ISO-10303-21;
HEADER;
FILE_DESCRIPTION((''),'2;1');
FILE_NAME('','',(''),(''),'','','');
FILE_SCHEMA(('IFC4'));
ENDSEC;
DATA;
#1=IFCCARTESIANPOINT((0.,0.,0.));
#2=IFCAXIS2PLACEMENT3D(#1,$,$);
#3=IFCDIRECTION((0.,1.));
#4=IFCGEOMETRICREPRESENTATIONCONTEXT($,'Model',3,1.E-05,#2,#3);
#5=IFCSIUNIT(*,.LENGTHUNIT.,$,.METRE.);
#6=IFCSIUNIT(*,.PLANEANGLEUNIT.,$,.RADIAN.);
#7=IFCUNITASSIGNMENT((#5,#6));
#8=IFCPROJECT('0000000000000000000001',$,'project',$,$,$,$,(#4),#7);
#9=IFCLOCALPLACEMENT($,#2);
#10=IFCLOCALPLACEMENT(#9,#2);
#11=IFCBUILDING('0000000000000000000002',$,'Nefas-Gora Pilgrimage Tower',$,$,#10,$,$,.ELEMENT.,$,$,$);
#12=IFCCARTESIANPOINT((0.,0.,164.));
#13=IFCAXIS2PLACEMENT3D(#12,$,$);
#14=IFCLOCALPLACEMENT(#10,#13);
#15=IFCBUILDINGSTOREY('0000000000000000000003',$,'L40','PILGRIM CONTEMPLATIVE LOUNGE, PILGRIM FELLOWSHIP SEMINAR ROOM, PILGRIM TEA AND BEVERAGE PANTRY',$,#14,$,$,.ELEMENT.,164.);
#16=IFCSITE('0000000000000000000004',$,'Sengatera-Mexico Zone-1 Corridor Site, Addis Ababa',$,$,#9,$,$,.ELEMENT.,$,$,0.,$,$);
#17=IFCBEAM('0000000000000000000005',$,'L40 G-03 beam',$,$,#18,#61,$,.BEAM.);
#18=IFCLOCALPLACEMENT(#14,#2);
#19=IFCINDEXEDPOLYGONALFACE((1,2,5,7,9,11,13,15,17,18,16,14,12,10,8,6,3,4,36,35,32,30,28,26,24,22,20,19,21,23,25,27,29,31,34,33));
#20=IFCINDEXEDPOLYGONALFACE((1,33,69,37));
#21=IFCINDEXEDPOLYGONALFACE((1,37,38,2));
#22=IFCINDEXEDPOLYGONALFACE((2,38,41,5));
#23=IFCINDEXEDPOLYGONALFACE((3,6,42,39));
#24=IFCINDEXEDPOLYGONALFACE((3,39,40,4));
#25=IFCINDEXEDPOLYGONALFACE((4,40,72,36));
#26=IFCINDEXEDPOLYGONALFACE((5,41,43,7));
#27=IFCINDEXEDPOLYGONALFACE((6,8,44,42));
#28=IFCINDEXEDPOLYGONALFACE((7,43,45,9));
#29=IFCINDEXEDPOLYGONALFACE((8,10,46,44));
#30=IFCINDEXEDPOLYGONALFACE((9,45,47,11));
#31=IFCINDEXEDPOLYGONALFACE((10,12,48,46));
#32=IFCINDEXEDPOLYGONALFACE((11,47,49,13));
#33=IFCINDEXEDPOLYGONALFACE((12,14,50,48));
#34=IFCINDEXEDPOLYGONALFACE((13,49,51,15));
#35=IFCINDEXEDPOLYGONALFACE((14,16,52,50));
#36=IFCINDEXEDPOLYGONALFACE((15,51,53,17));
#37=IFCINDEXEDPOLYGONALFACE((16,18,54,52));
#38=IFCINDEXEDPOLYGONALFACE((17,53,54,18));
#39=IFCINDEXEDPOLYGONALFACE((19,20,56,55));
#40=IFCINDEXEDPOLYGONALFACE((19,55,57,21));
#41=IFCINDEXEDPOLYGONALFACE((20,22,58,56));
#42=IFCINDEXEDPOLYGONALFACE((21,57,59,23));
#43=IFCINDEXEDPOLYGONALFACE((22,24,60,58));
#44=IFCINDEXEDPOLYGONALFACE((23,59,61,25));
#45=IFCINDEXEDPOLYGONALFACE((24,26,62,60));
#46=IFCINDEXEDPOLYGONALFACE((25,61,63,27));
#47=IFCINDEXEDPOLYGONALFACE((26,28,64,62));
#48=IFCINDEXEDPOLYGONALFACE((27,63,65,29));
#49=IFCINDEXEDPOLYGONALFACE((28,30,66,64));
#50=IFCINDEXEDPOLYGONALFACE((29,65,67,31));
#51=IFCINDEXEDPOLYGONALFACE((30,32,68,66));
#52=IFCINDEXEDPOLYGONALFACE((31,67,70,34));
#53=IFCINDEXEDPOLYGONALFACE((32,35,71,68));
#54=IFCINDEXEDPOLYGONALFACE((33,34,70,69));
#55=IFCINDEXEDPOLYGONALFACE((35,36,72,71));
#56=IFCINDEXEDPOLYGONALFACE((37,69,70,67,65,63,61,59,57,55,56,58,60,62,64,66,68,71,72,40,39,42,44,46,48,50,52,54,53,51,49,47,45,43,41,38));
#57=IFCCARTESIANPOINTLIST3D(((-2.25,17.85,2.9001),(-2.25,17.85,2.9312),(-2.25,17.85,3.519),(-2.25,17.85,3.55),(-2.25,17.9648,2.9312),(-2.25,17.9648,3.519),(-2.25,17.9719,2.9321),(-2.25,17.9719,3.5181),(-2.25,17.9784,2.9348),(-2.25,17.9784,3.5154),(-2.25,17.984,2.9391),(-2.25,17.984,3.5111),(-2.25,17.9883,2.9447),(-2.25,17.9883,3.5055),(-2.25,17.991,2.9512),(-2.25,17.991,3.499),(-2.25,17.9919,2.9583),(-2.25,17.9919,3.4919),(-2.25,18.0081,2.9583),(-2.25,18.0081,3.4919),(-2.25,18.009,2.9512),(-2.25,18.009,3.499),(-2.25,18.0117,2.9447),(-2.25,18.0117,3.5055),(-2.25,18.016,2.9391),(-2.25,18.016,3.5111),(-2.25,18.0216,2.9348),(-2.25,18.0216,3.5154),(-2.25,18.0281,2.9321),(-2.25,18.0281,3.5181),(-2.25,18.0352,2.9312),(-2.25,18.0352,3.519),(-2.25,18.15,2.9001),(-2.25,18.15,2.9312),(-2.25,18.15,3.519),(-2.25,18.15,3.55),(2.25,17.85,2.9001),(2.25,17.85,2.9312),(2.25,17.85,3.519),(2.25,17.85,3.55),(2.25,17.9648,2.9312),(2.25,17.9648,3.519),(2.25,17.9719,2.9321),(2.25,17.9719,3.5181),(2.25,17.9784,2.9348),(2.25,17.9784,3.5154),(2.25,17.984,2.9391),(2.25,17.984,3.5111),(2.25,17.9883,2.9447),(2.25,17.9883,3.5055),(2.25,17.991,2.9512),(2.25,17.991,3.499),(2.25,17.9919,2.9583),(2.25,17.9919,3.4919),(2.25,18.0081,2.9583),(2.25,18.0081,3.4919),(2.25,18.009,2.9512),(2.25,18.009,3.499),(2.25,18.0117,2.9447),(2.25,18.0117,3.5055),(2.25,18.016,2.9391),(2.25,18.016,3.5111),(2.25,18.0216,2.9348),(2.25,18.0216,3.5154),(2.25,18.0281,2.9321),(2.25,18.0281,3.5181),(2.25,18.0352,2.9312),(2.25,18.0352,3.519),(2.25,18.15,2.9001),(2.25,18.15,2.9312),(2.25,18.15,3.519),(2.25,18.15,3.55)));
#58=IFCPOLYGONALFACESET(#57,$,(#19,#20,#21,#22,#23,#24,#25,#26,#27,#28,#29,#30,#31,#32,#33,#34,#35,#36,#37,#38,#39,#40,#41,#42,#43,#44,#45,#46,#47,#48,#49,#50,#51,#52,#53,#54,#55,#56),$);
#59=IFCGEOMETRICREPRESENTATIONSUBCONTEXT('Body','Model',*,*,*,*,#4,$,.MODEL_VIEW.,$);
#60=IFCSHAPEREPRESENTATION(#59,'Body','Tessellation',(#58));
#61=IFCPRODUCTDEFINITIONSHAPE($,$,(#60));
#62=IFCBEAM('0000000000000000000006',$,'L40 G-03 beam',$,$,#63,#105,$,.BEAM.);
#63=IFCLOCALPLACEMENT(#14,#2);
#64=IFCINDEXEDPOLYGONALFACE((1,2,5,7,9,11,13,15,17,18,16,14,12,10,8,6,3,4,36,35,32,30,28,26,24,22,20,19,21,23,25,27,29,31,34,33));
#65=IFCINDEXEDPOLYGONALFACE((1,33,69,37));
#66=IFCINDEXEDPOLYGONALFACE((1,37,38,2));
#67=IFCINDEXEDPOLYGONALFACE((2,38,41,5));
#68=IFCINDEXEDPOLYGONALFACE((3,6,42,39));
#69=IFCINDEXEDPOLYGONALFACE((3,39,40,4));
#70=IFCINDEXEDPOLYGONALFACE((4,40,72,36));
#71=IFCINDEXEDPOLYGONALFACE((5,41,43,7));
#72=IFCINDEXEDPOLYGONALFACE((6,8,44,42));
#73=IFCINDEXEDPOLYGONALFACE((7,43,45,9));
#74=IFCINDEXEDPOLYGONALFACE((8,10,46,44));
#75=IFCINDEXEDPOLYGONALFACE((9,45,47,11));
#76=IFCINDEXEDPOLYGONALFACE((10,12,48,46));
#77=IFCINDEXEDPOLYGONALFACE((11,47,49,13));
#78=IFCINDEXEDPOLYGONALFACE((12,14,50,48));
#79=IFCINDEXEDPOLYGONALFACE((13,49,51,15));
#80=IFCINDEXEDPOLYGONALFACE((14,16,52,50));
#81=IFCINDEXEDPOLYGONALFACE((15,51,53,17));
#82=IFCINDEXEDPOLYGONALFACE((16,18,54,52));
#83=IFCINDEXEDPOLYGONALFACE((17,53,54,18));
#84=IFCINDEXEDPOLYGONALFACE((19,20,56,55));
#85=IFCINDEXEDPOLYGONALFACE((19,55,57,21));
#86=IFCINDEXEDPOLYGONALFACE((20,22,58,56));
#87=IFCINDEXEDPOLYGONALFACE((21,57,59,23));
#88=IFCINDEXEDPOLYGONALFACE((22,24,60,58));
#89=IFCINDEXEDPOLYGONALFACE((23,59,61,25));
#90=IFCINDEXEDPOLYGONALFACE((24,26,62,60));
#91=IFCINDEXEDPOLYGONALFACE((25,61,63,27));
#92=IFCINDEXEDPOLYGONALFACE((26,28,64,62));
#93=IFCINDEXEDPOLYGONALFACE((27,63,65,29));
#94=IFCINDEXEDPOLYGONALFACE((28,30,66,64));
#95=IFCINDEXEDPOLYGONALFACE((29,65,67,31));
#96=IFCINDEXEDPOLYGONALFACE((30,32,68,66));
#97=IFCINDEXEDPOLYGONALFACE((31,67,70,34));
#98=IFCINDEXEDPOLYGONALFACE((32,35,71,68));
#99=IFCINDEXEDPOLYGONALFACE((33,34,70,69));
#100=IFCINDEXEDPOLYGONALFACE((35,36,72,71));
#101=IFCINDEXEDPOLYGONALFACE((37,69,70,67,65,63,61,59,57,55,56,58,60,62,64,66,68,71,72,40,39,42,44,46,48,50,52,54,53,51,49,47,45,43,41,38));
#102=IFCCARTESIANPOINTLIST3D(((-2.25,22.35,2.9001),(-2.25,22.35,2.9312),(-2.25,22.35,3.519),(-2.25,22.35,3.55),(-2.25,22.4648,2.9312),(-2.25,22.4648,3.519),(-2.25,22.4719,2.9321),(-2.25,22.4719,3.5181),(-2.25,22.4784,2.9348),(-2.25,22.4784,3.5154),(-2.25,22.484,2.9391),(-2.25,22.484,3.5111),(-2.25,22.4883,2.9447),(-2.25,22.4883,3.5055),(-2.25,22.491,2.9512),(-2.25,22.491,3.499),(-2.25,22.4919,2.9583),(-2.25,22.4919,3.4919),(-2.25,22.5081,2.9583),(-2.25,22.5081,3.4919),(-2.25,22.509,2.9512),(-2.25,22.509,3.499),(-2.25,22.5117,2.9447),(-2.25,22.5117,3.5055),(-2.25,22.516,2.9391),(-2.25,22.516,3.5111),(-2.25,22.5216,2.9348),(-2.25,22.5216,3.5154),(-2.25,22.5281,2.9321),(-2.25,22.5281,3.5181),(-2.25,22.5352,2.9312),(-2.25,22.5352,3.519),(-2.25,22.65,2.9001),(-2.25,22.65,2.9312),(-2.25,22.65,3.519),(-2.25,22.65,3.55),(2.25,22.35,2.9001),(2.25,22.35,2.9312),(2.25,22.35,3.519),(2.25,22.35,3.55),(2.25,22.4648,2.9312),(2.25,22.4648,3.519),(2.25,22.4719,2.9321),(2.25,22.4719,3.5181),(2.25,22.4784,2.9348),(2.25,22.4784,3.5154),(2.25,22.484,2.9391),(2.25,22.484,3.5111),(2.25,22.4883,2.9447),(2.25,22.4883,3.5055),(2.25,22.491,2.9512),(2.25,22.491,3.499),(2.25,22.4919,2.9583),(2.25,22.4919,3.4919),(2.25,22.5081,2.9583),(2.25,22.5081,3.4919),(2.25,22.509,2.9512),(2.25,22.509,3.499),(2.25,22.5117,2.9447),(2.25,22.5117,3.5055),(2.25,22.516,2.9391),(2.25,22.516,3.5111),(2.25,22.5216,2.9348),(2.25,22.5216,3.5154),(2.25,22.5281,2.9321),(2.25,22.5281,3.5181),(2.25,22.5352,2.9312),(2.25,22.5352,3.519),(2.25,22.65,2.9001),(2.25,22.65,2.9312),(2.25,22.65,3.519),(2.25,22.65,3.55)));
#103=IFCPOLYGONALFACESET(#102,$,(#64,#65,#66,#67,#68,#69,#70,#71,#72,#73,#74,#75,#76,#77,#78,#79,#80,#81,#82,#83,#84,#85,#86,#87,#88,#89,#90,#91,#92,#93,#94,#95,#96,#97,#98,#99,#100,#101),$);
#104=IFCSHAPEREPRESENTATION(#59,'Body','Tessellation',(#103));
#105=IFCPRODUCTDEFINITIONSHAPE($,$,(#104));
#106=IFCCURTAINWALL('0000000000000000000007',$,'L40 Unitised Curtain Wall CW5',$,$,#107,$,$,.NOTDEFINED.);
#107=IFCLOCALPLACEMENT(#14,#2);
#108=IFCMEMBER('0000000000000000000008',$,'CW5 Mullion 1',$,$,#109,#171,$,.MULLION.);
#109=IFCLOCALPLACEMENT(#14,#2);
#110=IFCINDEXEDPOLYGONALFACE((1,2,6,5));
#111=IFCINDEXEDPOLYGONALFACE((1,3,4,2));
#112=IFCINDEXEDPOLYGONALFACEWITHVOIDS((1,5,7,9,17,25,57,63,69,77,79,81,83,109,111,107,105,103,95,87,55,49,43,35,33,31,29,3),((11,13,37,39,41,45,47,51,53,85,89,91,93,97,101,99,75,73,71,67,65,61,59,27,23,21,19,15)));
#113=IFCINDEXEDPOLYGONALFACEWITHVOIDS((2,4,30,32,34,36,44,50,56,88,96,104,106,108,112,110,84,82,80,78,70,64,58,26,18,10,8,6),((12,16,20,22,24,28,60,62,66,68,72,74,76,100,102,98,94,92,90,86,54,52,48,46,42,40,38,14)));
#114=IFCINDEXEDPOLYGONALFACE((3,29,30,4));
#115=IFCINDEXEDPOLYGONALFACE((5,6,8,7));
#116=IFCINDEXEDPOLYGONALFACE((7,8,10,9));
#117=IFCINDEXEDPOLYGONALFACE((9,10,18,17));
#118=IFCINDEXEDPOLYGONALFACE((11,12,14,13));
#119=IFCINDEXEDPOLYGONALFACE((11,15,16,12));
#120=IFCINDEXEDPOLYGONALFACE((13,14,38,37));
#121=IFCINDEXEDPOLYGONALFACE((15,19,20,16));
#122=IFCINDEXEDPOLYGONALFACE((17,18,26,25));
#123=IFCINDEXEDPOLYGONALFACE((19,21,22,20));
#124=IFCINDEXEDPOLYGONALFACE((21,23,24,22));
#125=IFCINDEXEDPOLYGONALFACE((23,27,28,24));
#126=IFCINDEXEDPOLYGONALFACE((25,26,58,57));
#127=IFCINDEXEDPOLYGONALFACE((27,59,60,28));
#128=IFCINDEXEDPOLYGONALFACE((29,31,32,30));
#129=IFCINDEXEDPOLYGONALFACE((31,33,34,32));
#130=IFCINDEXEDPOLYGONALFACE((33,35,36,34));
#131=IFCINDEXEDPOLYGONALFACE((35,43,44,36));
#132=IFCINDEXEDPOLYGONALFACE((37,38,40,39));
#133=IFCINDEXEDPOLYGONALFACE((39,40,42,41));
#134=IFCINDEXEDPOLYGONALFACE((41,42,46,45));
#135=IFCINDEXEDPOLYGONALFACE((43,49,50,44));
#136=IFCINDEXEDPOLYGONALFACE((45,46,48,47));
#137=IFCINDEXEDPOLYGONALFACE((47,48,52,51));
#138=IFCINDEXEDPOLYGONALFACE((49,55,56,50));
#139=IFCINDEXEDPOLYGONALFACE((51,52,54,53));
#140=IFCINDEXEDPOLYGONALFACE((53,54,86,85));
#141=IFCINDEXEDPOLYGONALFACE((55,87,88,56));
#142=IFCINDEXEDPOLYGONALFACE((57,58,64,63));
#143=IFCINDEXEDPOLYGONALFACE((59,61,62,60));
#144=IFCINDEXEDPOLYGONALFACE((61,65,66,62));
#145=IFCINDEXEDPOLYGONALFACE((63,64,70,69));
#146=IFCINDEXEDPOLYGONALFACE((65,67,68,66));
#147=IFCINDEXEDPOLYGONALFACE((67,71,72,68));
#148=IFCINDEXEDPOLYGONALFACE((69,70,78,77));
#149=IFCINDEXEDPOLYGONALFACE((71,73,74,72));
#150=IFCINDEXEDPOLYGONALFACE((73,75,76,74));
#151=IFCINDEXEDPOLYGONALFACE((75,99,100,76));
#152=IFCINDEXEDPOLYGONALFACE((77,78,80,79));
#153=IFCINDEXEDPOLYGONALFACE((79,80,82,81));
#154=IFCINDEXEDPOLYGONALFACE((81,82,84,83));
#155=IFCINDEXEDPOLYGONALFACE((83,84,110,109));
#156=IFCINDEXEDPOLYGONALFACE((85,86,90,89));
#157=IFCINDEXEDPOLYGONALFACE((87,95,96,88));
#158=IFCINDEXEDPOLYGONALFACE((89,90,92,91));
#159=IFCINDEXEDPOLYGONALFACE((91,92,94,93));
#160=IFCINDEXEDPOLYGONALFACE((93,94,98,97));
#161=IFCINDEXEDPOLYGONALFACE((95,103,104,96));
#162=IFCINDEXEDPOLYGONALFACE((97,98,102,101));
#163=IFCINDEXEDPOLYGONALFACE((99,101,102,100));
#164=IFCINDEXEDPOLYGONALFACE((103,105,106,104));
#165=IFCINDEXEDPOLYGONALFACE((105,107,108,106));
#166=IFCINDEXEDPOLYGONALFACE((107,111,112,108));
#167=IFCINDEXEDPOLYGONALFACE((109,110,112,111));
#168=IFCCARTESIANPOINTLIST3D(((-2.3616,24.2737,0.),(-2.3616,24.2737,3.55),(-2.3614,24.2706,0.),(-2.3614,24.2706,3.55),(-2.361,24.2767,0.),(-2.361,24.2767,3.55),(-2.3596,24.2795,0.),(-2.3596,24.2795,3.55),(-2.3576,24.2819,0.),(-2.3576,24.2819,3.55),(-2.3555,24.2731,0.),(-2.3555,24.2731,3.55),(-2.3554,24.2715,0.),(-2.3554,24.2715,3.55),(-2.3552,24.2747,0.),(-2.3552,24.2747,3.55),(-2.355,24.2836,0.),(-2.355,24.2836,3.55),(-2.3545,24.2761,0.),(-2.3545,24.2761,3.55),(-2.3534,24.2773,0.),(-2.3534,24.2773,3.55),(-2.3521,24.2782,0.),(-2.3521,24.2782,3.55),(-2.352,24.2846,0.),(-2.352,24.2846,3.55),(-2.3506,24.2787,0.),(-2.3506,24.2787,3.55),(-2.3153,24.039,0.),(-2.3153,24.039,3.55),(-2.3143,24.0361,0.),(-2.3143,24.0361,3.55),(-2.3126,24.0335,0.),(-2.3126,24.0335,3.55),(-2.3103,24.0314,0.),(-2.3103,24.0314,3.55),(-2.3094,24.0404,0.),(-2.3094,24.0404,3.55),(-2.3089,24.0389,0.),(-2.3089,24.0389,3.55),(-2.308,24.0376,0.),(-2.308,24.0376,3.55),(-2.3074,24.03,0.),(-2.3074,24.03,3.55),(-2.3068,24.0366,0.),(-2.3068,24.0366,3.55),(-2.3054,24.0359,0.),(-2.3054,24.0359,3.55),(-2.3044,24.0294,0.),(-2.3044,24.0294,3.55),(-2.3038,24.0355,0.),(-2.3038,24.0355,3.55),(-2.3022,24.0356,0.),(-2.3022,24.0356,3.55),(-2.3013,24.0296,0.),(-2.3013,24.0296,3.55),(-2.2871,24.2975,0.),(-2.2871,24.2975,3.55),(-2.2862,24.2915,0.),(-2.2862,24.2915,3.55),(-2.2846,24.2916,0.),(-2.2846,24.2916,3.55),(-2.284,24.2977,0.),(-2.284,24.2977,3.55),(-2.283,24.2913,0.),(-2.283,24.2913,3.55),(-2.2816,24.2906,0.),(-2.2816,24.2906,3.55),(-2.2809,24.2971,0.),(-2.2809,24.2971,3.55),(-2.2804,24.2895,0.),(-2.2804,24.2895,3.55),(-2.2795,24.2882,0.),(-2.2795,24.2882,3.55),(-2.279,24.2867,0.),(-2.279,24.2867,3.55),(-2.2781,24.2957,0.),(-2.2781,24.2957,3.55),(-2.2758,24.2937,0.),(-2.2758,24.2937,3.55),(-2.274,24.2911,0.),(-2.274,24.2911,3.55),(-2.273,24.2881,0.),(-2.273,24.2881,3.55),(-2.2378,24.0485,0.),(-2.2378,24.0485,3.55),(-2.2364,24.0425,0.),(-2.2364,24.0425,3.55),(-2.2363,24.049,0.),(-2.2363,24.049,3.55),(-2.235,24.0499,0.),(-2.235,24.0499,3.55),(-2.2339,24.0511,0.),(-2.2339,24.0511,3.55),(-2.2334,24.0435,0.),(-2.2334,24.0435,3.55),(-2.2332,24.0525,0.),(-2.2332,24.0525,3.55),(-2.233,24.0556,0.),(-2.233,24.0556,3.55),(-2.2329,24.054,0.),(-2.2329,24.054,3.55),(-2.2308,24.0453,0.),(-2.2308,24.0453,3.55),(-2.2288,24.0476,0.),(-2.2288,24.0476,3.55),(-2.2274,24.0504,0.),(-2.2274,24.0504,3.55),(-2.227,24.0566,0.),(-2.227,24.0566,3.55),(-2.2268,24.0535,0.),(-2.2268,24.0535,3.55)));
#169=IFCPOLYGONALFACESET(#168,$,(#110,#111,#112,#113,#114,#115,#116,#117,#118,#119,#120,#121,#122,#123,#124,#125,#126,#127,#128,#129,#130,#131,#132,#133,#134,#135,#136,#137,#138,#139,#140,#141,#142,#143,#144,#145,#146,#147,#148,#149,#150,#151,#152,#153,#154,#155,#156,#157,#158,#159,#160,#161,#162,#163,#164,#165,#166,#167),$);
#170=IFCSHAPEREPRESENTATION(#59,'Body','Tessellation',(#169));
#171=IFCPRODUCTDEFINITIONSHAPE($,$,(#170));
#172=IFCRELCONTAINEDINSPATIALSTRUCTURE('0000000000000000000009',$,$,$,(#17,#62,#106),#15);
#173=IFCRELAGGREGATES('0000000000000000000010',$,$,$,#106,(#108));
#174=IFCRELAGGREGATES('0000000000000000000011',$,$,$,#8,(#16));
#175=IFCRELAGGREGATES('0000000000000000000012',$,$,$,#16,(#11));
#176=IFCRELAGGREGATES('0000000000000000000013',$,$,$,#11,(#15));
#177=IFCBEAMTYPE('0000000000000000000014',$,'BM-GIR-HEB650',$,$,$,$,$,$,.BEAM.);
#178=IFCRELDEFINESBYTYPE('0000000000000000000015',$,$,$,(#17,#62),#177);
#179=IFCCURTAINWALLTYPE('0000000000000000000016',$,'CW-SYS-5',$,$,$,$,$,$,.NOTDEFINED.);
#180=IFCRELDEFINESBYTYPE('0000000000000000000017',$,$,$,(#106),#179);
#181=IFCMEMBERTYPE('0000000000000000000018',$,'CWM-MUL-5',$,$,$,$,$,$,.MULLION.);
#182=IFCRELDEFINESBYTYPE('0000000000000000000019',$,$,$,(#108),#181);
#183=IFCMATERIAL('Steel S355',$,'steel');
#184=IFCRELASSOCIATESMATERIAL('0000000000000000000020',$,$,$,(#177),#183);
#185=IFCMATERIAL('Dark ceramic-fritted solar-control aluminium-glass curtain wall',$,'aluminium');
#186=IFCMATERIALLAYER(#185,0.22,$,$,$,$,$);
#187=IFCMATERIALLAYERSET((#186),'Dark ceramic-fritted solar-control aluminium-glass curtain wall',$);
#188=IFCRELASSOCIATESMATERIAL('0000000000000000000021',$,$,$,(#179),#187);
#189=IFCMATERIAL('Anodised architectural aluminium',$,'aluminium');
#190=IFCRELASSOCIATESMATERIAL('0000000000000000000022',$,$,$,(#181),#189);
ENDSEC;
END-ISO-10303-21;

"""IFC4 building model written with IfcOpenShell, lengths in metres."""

from ifc_helpers import new_model, si_unit, direction, frame, origin, origin_2d, place, context, subcontext, project, spatial, hollow_rectangle, i_section, extrude, source, transform, mapped, material, layer, layer_set, material_profile, profile_set, type_object, element, aggregate, save


model = new_model("IFC4")

# Units and contexts
model_context = context("Model", 3, precision=1e-05, world=origin(), true_north=direction((0.0, 1.0)))
body_context = subcontext(model_context, "Body", "Model", "MODEL_VIEW")
ifc_project = project(units=[si_unit("LENGTHUNIT", "METRE"), si_unit("PLANEANGLEUNIT", "RADIAN")], contexts=[model_context])

# Site, building, storey
site_placement = place(None, origin())
site = spatial("IfcSite", under=ifc_project, at=site_placement, Name="Sengatera-Mexico Zone-1 Corridor Site, Addis Ababa", CompositionType="ELEMENT", RefElevation=0.0)
building_placement = place(site_placement, origin())
building = spatial("IfcBuilding", under=site, at=building_placement, Name="Nefas-Gora Pilgrimage Tower", CompositionType="ELEMENT")
storey_placement = place(building_placement, frame((0.0, 0.0, 164.0)))
storey = spatial("IfcBuildingStorey", under=building, at=storey_placement, Name="L40", Description="PILGRIM CONTEMPLATIVE LOUNGE, PILGRIM FELLOWSHIP SEMINAR ROOM, PILGRIM TEA AND BEVERAGE PANTRY", CompositionType="ELEMENT", Elevation=164.0)

# Beams
ifc_material_1 = material(Name="Steel S355", Category="steel")
ifc_material_profile_1 = material_profile(ifc_material_1, i_section(OverallWidth=0.3, OverallDepth=0.6499, WebThickness=0.0161, FlangeThickness=0.031, FilletRadius=0.0271, at=origin_2d()), Name="HEB 650")
ifc_profile_set_1 = profile_set([ifc_material_profile_1], Name="Steel S355")
beam_type = type_object("IfcBeamType", Name="BM-GIR-HEB650", PredefinedType="BEAM", material=ifc_profile_set_1)
shared_shape_1 = source(origin(), body_context, "Body", "SweptSolid", [
    extrude(i_section(OverallWidth=0.3, OverallDepth=0.6499, WebThickness=0.0161, FlangeThickness=0.031, FilletRadius=0.0271, at=origin_2d()), origin(), (0.0, 0.0, 1.0), 4.5),
])
for number, where, z_axis, x_axis, name in (
    (1, (-2.25, 18.0, 3.2251), (1.0, 0.0, 0.0), (0.0, 1.0, 0.0), "L40 G-03 beam"),
    (2, (-2.25, 22.5, 3.2251), (1.0, 0.0, 0.0), (0.0, 1.0, 0.0), "L40 G-03 beam"),
):
    element("IfcBeam", number, at=place(storey_placement, frame(where, z_axis=z_axis, x_axis=x_axis)), inside=storey, type_object=beam_type, Name=name, PredefinedType="BEAM", context=body_context, shape_type="MappedRepresentation", body=[
        mapped(shared_shape_1, transform((0.0, 0.0, 0.0), x_axis=(1.0, 0.0, 0.0), y_axis=(0.0, 1.0, 0.0), z_axis=(0.0, 0.0, 1.0), scale=1.0)),
    ])

# Curtain wall, member
ifc_material_2 = material(Name="Dark ceramic-fritted solar-control aluminium-glass curtain wall", Category="aluminium")
ifc_layer_1 = layer(ifc_material_2, 0.22)
ifc_layer_set_1 = layer_set([ifc_layer_1], Name="Dark ceramic-fritted solar-control aluminium-glass curtain wall")
curtain_wall_type = type_object("IfcCurtainWallType", Name="CW-SYS-5", PredefinedType="NOTDEFINED", material=ifc_layer_set_1)
curtain_wall_1_placement = place(storey_placement, origin())
curtain_wall_1 = element("IfcCurtainWall", 3, at=curtain_wall_1_placement, inside=storey, type_object=curtain_wall_type, Name="L40 Unitised Curtain Wall CW5", PredefinedType="NOTDEFINED")
ifc_material_3 = material(Name="Anodised architectural aluminium", Category="aluminium")
ifc_material_profile_2 = material_profile(ifc_material_3, hollow_rectangle(XDim=0.0901, YDim=0.26, WallThickness=0.0061, InnerFilletRadius=0.0061, OuterFilletRadius=0.012, at=origin_2d()), Name="ALU MULLION 90x260")
ifc_profile_set_2 = profile_set([ifc_material_profile_2], Name="Anodised architectural aluminium")
member_type_1 = type_object("IfcMemberType", Name="CWM-MUL-5", PredefinedType="MULLION", material=ifc_profile_set_2)
shared_shape_2 = source(origin(), body_context, "Body", "SweptSolid", [
    extrude(hollow_rectangle(XDim=0.0901, YDim=0.26, WallThickness=0.0061, InnerFilletRadius=0.0061, OuterFilletRadius=0.012, at=origin_2d()), origin(), (0.0, 0.0, 1.0), 3.55),
])
member_1_placement = place(storey_placement, frame((-2.2942, 24.1636, 0.0), z_axis=(0.0, 0.0, 1.0), x_axis=(-0.980783, -0.195102, 0.0)))
member_1 = element("IfcMember", 4, at=member_1_placement, type_object=member_type_1, Name="CW5 Mullion 1", PredefinedType="MULLION", context=body_context, shape_type="MappedRepresentation", body=[
    mapped(shared_shape_2, transform((0.0, 0.0, 0.0), x_axis=(1.0, 0.0, 0.0), y_axis=(0.0, 1.0, 0.0), z_axis=(0.0, 0.0, 1.0), scale=1.0)),
])

aggregate(curtain_wall_1, [member_1])

save(model, "model.ifc")
